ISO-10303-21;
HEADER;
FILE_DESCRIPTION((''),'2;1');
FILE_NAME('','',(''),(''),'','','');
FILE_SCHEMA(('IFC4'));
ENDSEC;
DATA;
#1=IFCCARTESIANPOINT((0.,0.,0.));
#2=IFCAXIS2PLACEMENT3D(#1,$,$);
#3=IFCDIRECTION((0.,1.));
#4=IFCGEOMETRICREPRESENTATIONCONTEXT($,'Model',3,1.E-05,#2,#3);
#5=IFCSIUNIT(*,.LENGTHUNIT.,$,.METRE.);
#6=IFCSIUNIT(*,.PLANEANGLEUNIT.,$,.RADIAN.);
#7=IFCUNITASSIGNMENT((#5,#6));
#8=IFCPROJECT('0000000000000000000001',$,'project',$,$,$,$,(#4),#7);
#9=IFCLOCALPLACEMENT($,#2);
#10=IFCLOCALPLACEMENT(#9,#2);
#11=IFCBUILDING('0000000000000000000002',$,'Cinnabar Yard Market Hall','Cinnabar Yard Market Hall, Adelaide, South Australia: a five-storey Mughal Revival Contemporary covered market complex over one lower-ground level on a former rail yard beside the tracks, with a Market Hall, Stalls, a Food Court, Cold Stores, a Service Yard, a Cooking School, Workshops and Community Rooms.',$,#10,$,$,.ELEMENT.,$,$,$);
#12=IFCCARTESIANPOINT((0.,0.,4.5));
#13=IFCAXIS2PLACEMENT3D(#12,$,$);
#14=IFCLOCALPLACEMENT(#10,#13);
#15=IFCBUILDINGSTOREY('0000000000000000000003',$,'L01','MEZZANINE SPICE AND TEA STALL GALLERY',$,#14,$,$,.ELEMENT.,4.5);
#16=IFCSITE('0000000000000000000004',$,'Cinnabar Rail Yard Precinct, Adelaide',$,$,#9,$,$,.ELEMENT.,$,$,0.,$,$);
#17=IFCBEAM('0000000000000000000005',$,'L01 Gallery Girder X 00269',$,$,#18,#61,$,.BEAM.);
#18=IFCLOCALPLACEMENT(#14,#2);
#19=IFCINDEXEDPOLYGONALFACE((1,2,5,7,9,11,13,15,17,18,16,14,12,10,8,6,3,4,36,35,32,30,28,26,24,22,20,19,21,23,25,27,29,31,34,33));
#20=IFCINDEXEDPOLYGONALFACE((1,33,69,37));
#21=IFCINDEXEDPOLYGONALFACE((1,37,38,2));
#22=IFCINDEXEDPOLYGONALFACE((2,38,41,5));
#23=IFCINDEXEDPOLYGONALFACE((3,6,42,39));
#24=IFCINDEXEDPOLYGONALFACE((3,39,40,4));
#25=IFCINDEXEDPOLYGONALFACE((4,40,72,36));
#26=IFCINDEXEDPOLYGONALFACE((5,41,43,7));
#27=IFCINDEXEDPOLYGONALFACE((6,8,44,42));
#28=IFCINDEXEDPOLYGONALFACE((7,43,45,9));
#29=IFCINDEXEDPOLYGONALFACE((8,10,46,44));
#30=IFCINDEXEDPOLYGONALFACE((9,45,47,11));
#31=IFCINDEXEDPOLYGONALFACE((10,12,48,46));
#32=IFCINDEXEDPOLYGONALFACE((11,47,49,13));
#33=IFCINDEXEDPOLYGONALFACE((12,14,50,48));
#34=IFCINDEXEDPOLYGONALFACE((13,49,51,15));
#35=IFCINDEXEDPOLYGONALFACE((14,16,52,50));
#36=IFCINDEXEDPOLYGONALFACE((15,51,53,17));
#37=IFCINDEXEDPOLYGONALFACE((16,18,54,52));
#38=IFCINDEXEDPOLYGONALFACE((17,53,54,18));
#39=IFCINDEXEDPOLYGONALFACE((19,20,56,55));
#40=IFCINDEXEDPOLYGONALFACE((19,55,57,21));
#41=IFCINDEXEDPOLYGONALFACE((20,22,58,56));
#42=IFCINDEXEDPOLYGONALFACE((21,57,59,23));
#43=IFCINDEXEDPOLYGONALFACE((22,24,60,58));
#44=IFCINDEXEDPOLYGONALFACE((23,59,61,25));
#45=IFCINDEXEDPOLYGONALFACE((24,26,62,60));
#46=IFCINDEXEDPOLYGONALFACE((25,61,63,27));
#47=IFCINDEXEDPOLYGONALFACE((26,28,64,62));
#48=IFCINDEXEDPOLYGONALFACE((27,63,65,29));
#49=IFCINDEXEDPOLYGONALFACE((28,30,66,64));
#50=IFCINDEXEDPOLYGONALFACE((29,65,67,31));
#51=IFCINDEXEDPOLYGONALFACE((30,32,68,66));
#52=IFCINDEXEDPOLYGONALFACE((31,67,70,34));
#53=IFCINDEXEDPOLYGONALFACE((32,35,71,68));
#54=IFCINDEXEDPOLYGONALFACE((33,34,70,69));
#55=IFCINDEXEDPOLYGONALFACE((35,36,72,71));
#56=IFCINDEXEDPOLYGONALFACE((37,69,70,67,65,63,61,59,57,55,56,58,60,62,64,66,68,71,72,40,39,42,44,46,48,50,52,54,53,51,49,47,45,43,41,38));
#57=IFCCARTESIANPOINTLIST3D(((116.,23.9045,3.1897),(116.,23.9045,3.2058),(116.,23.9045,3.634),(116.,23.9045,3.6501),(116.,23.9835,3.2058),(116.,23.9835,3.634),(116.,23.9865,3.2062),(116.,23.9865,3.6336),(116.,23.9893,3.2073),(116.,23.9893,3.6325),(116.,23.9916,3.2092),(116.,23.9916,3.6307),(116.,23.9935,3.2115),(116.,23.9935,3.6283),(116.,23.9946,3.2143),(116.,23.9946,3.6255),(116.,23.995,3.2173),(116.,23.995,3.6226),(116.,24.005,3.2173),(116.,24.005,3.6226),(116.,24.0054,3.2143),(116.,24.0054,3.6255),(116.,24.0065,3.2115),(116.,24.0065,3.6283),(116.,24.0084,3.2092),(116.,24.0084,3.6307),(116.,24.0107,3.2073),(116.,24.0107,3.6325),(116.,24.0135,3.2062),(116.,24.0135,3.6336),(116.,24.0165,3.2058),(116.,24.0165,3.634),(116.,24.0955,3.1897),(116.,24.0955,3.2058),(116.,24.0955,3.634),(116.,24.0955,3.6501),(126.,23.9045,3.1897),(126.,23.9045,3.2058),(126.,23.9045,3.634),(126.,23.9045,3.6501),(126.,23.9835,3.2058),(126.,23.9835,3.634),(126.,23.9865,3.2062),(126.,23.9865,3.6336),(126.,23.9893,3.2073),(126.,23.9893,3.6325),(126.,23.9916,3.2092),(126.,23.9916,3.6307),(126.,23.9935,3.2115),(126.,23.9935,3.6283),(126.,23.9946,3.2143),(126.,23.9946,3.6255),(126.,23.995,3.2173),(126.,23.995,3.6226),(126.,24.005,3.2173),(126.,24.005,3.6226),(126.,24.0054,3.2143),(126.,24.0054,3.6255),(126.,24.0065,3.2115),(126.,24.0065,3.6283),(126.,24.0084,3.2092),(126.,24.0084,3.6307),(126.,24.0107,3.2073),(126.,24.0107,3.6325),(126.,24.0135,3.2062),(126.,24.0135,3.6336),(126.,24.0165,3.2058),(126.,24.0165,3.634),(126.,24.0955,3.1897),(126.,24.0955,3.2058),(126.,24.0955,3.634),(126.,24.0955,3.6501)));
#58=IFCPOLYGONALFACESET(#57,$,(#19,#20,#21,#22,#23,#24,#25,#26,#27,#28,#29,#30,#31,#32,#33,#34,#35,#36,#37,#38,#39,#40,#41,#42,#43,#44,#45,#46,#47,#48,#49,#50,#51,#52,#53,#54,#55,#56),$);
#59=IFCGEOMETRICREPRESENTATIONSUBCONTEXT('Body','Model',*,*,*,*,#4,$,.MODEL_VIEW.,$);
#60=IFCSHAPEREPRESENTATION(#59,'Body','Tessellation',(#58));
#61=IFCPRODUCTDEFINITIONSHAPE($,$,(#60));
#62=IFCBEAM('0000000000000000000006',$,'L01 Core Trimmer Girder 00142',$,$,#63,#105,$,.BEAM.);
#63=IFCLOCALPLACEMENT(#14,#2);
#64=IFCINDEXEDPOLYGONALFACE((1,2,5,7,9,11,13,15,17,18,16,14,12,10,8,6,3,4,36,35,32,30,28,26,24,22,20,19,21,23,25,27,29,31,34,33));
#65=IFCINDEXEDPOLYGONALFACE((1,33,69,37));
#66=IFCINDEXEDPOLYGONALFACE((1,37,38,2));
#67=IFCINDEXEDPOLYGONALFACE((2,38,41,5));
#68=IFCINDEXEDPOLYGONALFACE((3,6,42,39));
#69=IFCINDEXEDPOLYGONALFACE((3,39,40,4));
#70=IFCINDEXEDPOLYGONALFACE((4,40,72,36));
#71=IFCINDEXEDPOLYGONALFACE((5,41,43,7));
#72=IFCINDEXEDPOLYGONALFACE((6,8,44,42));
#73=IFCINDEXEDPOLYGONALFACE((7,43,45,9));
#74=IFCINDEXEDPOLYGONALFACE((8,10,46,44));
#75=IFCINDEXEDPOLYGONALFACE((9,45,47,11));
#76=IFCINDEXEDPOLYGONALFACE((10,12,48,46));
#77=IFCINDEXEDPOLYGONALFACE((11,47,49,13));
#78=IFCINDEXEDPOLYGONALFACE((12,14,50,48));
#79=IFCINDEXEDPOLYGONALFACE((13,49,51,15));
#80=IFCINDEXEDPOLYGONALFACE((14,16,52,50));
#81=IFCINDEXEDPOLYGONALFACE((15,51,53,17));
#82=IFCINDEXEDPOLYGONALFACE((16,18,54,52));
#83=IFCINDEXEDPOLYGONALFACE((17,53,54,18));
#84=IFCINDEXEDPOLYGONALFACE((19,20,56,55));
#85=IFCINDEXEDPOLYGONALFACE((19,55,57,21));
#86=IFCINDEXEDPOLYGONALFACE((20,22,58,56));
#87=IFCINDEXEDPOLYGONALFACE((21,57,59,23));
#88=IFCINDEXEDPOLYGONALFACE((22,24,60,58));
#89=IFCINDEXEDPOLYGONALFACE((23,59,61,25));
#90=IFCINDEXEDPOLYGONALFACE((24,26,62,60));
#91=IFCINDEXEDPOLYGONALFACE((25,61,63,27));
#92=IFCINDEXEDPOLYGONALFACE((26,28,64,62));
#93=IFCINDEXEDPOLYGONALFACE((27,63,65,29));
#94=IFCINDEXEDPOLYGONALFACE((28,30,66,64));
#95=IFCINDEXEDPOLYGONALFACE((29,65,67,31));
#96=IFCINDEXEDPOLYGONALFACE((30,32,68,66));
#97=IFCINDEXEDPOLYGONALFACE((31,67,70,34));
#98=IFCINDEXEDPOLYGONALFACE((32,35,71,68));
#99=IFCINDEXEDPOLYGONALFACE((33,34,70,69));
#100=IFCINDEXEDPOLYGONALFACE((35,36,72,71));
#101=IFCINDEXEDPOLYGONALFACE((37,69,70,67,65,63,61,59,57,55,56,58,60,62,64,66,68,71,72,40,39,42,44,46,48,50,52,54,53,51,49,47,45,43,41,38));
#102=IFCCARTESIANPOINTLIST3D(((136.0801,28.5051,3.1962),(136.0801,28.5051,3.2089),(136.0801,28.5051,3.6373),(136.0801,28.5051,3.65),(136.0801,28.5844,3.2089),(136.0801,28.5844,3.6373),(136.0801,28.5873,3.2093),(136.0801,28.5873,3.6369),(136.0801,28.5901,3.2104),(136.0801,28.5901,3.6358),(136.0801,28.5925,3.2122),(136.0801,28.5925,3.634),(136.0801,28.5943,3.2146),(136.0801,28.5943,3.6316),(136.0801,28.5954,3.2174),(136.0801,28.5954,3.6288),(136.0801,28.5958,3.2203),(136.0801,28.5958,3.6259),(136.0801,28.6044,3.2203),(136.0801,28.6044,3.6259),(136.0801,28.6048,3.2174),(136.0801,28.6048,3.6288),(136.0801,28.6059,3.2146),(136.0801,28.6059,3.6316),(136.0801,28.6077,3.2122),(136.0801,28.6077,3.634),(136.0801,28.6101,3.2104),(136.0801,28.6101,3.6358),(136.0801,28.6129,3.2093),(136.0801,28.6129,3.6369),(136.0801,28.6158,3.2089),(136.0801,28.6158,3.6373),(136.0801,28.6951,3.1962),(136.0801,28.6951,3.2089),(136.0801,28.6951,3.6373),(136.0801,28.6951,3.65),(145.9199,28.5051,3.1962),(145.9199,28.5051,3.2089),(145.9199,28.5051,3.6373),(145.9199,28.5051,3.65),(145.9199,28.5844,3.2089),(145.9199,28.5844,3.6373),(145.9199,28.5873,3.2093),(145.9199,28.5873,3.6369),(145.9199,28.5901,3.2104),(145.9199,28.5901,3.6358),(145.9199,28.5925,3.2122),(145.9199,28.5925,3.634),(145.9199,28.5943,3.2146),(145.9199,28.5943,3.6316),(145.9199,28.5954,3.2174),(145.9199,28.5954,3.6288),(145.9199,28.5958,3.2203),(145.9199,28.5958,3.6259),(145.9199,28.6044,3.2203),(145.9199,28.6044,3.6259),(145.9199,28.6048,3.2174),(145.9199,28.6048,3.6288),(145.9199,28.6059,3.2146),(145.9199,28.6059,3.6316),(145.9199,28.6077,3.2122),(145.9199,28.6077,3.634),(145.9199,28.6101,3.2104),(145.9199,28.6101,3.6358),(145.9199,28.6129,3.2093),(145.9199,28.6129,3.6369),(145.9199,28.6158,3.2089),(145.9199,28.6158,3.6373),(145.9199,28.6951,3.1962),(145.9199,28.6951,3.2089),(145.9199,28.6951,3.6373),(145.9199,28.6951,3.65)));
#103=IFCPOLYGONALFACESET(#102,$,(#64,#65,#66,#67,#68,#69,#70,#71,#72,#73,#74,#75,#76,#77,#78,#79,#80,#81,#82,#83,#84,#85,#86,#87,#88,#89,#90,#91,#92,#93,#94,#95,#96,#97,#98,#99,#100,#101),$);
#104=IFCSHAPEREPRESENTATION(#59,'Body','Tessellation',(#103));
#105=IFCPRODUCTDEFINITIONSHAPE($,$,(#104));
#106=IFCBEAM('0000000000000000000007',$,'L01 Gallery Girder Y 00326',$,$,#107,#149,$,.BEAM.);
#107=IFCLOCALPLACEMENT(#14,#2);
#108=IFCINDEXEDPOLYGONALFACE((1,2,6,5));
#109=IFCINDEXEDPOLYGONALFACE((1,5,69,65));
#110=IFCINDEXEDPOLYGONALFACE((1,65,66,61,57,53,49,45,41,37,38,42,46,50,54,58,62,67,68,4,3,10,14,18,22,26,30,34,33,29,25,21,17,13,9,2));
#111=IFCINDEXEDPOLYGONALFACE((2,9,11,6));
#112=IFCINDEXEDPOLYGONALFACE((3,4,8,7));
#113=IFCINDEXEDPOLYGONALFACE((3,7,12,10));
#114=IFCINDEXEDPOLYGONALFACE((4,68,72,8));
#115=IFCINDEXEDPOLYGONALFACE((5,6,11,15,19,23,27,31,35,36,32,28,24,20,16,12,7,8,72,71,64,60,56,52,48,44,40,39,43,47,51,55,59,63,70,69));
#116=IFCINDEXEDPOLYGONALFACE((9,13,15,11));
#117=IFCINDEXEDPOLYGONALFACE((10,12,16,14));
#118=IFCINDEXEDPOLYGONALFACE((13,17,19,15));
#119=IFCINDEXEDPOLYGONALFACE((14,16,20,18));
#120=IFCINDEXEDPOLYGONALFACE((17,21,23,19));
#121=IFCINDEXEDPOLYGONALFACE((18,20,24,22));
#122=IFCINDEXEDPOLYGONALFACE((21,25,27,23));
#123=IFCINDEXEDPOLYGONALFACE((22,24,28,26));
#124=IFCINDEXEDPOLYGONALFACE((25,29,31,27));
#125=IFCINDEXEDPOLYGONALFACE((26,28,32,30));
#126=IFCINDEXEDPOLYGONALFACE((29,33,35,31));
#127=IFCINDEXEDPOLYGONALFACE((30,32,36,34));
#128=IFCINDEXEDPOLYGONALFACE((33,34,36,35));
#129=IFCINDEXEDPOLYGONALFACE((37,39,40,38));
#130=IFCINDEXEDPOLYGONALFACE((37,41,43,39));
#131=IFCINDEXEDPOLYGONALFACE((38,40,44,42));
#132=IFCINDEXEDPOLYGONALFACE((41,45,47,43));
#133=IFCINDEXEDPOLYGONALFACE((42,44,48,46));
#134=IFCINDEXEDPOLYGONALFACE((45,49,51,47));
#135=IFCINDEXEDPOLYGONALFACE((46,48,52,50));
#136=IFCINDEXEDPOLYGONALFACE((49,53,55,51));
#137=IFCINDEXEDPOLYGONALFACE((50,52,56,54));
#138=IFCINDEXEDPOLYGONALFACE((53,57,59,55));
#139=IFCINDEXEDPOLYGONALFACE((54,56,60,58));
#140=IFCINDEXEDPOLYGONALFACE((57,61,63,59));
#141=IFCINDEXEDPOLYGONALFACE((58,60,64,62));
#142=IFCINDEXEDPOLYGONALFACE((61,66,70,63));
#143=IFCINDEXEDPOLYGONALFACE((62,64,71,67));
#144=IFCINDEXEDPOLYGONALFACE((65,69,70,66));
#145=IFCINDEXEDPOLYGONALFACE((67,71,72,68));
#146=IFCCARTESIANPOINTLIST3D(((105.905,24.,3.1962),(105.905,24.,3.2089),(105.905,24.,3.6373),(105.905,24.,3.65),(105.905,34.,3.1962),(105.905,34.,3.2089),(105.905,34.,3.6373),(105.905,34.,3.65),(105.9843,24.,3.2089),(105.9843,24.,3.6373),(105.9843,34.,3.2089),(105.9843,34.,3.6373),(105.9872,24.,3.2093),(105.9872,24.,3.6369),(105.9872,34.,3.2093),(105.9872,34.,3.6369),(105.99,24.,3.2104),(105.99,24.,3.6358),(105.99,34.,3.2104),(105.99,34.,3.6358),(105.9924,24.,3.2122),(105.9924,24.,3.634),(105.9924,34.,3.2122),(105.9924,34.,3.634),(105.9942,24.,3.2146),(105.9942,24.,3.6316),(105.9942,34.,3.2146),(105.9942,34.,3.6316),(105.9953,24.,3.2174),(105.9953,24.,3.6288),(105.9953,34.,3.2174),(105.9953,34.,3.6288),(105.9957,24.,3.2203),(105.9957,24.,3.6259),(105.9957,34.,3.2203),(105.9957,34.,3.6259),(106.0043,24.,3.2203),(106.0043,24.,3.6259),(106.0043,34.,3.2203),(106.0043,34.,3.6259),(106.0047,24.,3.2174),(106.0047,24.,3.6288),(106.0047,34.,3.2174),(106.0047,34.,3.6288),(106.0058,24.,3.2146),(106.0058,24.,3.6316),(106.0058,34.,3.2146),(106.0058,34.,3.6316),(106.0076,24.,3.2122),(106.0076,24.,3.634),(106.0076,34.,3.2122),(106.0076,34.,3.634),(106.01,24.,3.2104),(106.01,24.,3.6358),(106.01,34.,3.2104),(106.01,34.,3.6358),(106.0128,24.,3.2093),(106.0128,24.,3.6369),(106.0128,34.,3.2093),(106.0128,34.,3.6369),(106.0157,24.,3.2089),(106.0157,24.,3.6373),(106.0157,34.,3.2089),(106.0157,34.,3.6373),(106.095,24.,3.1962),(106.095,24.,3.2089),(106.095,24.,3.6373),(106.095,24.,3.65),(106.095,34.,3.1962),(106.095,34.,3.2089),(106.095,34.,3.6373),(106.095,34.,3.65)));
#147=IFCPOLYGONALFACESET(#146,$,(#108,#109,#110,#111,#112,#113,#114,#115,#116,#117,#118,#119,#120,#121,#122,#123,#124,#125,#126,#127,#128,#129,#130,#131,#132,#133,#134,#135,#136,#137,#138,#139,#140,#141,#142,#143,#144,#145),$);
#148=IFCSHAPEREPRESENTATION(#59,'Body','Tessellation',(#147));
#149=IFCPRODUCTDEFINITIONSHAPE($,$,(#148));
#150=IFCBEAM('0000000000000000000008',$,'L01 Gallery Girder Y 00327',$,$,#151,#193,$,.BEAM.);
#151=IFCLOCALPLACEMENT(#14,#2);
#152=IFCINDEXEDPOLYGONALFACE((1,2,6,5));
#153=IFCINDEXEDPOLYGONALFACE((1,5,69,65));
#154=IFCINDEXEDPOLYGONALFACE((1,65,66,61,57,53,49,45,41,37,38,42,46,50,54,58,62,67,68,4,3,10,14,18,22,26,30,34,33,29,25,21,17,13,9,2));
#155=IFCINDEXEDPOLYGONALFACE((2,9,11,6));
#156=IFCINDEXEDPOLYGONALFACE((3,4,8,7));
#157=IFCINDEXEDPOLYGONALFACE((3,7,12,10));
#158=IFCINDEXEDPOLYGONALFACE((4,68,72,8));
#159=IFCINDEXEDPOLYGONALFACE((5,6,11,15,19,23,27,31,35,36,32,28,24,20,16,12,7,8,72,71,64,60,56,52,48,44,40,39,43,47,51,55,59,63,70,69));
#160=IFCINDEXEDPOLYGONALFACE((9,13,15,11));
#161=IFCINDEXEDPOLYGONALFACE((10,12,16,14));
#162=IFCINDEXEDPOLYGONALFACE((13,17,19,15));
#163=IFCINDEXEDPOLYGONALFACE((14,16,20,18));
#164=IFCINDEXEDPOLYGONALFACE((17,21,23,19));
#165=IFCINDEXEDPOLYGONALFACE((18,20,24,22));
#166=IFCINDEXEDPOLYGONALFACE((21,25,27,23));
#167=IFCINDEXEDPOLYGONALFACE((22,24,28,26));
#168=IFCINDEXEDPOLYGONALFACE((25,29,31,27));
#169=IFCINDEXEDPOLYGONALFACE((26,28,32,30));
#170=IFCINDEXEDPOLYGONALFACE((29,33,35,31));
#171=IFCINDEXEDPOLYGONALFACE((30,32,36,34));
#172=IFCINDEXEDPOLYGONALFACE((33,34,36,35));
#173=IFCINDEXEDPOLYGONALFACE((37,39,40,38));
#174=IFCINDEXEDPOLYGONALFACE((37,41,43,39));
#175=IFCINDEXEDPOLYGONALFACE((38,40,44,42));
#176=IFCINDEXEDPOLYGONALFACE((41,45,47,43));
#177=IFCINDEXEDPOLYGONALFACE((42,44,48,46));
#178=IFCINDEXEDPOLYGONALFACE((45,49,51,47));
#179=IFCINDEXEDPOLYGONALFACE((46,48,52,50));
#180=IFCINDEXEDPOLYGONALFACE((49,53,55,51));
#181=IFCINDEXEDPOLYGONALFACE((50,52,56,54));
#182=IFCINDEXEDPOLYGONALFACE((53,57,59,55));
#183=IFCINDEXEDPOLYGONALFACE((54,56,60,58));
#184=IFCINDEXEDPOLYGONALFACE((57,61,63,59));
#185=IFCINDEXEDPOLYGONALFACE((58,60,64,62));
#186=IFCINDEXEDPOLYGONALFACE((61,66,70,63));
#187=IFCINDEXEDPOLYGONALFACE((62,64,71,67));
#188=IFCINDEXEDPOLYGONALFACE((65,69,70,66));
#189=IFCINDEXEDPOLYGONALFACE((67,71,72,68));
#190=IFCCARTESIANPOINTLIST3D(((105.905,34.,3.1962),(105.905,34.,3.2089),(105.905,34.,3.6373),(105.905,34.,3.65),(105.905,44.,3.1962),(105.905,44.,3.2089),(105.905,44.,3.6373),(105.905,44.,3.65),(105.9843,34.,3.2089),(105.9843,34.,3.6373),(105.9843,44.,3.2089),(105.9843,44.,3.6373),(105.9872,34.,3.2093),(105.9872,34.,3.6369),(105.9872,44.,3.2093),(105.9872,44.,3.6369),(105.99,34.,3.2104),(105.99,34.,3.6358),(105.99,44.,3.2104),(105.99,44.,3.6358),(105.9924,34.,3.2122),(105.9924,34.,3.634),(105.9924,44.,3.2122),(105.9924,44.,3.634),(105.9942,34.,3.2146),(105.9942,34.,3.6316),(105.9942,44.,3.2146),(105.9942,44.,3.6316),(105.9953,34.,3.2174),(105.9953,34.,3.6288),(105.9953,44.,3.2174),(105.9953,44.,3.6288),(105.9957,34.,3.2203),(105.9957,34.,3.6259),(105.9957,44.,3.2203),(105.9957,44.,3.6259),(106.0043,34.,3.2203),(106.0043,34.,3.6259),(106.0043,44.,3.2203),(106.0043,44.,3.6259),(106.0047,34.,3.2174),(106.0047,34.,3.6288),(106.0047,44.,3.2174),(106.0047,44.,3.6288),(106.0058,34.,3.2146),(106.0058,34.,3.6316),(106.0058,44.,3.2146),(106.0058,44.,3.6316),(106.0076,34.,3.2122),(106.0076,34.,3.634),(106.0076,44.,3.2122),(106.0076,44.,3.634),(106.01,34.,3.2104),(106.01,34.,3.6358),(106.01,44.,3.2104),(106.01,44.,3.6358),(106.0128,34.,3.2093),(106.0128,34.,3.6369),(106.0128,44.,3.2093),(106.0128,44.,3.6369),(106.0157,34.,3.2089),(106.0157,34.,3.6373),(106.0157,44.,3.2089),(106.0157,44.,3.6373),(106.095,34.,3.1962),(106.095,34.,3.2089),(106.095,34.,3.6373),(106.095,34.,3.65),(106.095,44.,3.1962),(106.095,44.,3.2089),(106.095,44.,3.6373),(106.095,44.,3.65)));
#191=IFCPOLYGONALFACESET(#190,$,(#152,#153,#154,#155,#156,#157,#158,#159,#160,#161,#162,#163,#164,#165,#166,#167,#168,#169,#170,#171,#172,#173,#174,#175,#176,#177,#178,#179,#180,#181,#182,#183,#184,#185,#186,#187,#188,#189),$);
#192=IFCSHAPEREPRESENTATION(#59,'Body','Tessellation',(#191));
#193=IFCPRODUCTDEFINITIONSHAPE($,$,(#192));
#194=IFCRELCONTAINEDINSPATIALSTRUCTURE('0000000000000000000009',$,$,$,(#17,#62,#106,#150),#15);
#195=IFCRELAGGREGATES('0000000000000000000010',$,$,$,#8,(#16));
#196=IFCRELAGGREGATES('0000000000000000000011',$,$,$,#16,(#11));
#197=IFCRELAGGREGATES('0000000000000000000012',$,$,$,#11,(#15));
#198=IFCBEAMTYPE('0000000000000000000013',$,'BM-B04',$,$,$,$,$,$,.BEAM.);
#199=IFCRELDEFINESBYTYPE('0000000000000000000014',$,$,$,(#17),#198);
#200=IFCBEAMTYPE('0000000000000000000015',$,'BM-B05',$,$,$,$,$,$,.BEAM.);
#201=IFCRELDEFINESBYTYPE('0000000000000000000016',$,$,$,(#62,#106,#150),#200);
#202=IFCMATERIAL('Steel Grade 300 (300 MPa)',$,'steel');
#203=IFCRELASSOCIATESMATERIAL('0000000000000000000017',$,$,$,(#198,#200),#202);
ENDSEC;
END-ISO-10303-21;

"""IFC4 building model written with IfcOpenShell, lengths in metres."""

from ifc_helpers import new_model, si_unit, direction, frame, origin, origin_2d_with_axis, place, context, subcontext, project, spatial, i_section, extrude, material, material_profile, profile_set, type_object, element, save


model = new_model("IFC4")

# Units and contexts
model_context = context("Model", 3, precision=1e-05, world=origin(), true_north=direction((0.0, 1.0)))
body_context = subcontext(model_context, "Body", "Model", "MODEL_VIEW")
ifc_project = project(units=[si_unit("LENGTHUNIT", "METRE"), si_unit("PLANEANGLEUNIT", "RADIAN")], contexts=[model_context])

# Site, building, storey
site_placement = place(None, origin())
site = spatial("IfcSite", under=ifc_project, at=site_placement, Name="Cinnabar Rail Yard Precinct, Adelaide", CompositionType="ELEMENT", RefElevation=0.0)
building_placement = place(site_placement, origin())
building = spatial("IfcBuilding", under=site, at=building_placement, Name="Cinnabar Yard Market Hall", Description="Cinnabar Yard Market Hall, Adelaide, South Australia: a five-storey Mughal Revival Contemporary covered market complex over one lower-ground level on a former rail yard beside the tracks, with a Market Hall, Stalls, a Food Court, Cold Stores, a Service Yard, a Cooking School, Workshops and Community Rooms.", CompositionType="ELEMENT")
storey_placement = place(building_placement, frame((0.0, 0.0, 4.5)))
storey = spatial("IfcBuildingStorey", under=building, at=storey_placement, Name="L01", Description="MEZZANINE SPICE AND TEA STALL GALLERY", CompositionType="ELEMENT", Elevation=4.5)

# Beams
ifc_material_1 = material(Name="Steel Grade 300 (300 MPa)", Category="steel")
ifc_material_profile_1 = material_profile(ifc_material_1, i_section(OverallWidth=0.1909, OverallDepth=0.4604, WebThickness=0.01, FlangeThickness=0.0161, FilletRadius=0.0115, at=origin_2d_with_axis()), Name="460UB82.1")
ifc_profile_set_1 = profile_set([ifc_material_profile_1], Name="Steel Grade 300 (300 MPa)")
beam_type_1 = type_object("IfcBeamType", Name="BM-B04", PredefinedType="BEAM", material=ifc_profile_set_1)
for number, where, z_axis, x_axis, name in (
    (1, (116.0, 24.0, 3.4199), (1.0, 0.0, 0.0), (0.0, 1.0, 0.0), "L01 Gallery Girder X 00269"),
):
    element("IfcBeam", number, at=place(storey_placement, frame(where, z_axis=z_axis, x_axis=x_axis)), inside=storey, type_object=beam_type_1, Name=name, PredefinedType="BEAM", context=body_context, shape_type="SweptSolid", body=[
        extrude(i_section(OverallWidth=0.1909, OverallDepth=0.4604, WebThickness=0.01, FlangeThickness=0.0161, FilletRadius=0.0115, at=origin_2d_with_axis()), origin(), (0.0, 0.0, 1.0), 10.0),
    ])
ifc_material_profile_2 = material_profile(ifc_material_1, i_section(OverallWidth=0.1899, OverallDepth=0.4539, WebThickness=0.0085, FlangeThickness=0.0127, FilletRadius=0.0115, at=origin_2d_with_axis()), Name="460UB67.1")
ifc_profile_set_2 = profile_set([ifc_material_profile_2], Name="Steel Grade 300 (300 MPa)")
beam_type_2 = type_object("IfcBeamType", Name="BM-B05", PredefinedType="BEAM", material=ifc_profile_set_2)
beam_1_placement = place(storey_placement, frame((136.0801, 28.6001, 3.4231), z_axis=(1.0, 0.0, 0.0), x_axis=(0.0, 1.0, 0.0)))
element("IfcBeam", 2, at=beam_1_placement, inside=storey, type_object=beam_type_2, Name="L01 Core Trimmer Girder 00142", PredefinedType="BEAM", context=body_context, shape_type="SweptSolid", body=[
    extrude(i_section(OverallWidth=0.1899, OverallDepth=0.4539, WebThickness=0.0085, FlangeThickness=0.0127, FilletRadius=0.0115, at=origin_2d_with_axis()), origin(), (0.0, 0.0, 1.0), 9.8398),
])
for number, where, z_axis, x_axis, name in (
    (3, (106.0, 24.0, 3.4231), (0.0, 1.0, 0.0), (-1.0, 0.0, 0.0), "L01 Gallery Girder Y 00326"),
    (4, (106.0, 34.0, 3.4231), (0.0, 1.0, 0.0), (-1.0, 0.0, 0.0), "L01 Gallery Girder Y 00327"),
):
    element("IfcBeam", number, at=place(storey_placement, frame(where, z_axis=z_axis, x_axis=x_axis)), inside=storey, type_object=beam_type_2, Name=name, PredefinedType="BEAM", context=body_context, shape_type="SweptSolid", body=[
        extrude(i_section(OverallWidth=0.1899, OverallDepth=0.4539, WebThickness=0.0085, FlangeThickness=0.0127, FilletRadius=0.0115, at=origin_2d_with_axis()), origin(), (0.0, 0.0, 1.0), 10.0),
    ])

save(model, "model.ifc")
